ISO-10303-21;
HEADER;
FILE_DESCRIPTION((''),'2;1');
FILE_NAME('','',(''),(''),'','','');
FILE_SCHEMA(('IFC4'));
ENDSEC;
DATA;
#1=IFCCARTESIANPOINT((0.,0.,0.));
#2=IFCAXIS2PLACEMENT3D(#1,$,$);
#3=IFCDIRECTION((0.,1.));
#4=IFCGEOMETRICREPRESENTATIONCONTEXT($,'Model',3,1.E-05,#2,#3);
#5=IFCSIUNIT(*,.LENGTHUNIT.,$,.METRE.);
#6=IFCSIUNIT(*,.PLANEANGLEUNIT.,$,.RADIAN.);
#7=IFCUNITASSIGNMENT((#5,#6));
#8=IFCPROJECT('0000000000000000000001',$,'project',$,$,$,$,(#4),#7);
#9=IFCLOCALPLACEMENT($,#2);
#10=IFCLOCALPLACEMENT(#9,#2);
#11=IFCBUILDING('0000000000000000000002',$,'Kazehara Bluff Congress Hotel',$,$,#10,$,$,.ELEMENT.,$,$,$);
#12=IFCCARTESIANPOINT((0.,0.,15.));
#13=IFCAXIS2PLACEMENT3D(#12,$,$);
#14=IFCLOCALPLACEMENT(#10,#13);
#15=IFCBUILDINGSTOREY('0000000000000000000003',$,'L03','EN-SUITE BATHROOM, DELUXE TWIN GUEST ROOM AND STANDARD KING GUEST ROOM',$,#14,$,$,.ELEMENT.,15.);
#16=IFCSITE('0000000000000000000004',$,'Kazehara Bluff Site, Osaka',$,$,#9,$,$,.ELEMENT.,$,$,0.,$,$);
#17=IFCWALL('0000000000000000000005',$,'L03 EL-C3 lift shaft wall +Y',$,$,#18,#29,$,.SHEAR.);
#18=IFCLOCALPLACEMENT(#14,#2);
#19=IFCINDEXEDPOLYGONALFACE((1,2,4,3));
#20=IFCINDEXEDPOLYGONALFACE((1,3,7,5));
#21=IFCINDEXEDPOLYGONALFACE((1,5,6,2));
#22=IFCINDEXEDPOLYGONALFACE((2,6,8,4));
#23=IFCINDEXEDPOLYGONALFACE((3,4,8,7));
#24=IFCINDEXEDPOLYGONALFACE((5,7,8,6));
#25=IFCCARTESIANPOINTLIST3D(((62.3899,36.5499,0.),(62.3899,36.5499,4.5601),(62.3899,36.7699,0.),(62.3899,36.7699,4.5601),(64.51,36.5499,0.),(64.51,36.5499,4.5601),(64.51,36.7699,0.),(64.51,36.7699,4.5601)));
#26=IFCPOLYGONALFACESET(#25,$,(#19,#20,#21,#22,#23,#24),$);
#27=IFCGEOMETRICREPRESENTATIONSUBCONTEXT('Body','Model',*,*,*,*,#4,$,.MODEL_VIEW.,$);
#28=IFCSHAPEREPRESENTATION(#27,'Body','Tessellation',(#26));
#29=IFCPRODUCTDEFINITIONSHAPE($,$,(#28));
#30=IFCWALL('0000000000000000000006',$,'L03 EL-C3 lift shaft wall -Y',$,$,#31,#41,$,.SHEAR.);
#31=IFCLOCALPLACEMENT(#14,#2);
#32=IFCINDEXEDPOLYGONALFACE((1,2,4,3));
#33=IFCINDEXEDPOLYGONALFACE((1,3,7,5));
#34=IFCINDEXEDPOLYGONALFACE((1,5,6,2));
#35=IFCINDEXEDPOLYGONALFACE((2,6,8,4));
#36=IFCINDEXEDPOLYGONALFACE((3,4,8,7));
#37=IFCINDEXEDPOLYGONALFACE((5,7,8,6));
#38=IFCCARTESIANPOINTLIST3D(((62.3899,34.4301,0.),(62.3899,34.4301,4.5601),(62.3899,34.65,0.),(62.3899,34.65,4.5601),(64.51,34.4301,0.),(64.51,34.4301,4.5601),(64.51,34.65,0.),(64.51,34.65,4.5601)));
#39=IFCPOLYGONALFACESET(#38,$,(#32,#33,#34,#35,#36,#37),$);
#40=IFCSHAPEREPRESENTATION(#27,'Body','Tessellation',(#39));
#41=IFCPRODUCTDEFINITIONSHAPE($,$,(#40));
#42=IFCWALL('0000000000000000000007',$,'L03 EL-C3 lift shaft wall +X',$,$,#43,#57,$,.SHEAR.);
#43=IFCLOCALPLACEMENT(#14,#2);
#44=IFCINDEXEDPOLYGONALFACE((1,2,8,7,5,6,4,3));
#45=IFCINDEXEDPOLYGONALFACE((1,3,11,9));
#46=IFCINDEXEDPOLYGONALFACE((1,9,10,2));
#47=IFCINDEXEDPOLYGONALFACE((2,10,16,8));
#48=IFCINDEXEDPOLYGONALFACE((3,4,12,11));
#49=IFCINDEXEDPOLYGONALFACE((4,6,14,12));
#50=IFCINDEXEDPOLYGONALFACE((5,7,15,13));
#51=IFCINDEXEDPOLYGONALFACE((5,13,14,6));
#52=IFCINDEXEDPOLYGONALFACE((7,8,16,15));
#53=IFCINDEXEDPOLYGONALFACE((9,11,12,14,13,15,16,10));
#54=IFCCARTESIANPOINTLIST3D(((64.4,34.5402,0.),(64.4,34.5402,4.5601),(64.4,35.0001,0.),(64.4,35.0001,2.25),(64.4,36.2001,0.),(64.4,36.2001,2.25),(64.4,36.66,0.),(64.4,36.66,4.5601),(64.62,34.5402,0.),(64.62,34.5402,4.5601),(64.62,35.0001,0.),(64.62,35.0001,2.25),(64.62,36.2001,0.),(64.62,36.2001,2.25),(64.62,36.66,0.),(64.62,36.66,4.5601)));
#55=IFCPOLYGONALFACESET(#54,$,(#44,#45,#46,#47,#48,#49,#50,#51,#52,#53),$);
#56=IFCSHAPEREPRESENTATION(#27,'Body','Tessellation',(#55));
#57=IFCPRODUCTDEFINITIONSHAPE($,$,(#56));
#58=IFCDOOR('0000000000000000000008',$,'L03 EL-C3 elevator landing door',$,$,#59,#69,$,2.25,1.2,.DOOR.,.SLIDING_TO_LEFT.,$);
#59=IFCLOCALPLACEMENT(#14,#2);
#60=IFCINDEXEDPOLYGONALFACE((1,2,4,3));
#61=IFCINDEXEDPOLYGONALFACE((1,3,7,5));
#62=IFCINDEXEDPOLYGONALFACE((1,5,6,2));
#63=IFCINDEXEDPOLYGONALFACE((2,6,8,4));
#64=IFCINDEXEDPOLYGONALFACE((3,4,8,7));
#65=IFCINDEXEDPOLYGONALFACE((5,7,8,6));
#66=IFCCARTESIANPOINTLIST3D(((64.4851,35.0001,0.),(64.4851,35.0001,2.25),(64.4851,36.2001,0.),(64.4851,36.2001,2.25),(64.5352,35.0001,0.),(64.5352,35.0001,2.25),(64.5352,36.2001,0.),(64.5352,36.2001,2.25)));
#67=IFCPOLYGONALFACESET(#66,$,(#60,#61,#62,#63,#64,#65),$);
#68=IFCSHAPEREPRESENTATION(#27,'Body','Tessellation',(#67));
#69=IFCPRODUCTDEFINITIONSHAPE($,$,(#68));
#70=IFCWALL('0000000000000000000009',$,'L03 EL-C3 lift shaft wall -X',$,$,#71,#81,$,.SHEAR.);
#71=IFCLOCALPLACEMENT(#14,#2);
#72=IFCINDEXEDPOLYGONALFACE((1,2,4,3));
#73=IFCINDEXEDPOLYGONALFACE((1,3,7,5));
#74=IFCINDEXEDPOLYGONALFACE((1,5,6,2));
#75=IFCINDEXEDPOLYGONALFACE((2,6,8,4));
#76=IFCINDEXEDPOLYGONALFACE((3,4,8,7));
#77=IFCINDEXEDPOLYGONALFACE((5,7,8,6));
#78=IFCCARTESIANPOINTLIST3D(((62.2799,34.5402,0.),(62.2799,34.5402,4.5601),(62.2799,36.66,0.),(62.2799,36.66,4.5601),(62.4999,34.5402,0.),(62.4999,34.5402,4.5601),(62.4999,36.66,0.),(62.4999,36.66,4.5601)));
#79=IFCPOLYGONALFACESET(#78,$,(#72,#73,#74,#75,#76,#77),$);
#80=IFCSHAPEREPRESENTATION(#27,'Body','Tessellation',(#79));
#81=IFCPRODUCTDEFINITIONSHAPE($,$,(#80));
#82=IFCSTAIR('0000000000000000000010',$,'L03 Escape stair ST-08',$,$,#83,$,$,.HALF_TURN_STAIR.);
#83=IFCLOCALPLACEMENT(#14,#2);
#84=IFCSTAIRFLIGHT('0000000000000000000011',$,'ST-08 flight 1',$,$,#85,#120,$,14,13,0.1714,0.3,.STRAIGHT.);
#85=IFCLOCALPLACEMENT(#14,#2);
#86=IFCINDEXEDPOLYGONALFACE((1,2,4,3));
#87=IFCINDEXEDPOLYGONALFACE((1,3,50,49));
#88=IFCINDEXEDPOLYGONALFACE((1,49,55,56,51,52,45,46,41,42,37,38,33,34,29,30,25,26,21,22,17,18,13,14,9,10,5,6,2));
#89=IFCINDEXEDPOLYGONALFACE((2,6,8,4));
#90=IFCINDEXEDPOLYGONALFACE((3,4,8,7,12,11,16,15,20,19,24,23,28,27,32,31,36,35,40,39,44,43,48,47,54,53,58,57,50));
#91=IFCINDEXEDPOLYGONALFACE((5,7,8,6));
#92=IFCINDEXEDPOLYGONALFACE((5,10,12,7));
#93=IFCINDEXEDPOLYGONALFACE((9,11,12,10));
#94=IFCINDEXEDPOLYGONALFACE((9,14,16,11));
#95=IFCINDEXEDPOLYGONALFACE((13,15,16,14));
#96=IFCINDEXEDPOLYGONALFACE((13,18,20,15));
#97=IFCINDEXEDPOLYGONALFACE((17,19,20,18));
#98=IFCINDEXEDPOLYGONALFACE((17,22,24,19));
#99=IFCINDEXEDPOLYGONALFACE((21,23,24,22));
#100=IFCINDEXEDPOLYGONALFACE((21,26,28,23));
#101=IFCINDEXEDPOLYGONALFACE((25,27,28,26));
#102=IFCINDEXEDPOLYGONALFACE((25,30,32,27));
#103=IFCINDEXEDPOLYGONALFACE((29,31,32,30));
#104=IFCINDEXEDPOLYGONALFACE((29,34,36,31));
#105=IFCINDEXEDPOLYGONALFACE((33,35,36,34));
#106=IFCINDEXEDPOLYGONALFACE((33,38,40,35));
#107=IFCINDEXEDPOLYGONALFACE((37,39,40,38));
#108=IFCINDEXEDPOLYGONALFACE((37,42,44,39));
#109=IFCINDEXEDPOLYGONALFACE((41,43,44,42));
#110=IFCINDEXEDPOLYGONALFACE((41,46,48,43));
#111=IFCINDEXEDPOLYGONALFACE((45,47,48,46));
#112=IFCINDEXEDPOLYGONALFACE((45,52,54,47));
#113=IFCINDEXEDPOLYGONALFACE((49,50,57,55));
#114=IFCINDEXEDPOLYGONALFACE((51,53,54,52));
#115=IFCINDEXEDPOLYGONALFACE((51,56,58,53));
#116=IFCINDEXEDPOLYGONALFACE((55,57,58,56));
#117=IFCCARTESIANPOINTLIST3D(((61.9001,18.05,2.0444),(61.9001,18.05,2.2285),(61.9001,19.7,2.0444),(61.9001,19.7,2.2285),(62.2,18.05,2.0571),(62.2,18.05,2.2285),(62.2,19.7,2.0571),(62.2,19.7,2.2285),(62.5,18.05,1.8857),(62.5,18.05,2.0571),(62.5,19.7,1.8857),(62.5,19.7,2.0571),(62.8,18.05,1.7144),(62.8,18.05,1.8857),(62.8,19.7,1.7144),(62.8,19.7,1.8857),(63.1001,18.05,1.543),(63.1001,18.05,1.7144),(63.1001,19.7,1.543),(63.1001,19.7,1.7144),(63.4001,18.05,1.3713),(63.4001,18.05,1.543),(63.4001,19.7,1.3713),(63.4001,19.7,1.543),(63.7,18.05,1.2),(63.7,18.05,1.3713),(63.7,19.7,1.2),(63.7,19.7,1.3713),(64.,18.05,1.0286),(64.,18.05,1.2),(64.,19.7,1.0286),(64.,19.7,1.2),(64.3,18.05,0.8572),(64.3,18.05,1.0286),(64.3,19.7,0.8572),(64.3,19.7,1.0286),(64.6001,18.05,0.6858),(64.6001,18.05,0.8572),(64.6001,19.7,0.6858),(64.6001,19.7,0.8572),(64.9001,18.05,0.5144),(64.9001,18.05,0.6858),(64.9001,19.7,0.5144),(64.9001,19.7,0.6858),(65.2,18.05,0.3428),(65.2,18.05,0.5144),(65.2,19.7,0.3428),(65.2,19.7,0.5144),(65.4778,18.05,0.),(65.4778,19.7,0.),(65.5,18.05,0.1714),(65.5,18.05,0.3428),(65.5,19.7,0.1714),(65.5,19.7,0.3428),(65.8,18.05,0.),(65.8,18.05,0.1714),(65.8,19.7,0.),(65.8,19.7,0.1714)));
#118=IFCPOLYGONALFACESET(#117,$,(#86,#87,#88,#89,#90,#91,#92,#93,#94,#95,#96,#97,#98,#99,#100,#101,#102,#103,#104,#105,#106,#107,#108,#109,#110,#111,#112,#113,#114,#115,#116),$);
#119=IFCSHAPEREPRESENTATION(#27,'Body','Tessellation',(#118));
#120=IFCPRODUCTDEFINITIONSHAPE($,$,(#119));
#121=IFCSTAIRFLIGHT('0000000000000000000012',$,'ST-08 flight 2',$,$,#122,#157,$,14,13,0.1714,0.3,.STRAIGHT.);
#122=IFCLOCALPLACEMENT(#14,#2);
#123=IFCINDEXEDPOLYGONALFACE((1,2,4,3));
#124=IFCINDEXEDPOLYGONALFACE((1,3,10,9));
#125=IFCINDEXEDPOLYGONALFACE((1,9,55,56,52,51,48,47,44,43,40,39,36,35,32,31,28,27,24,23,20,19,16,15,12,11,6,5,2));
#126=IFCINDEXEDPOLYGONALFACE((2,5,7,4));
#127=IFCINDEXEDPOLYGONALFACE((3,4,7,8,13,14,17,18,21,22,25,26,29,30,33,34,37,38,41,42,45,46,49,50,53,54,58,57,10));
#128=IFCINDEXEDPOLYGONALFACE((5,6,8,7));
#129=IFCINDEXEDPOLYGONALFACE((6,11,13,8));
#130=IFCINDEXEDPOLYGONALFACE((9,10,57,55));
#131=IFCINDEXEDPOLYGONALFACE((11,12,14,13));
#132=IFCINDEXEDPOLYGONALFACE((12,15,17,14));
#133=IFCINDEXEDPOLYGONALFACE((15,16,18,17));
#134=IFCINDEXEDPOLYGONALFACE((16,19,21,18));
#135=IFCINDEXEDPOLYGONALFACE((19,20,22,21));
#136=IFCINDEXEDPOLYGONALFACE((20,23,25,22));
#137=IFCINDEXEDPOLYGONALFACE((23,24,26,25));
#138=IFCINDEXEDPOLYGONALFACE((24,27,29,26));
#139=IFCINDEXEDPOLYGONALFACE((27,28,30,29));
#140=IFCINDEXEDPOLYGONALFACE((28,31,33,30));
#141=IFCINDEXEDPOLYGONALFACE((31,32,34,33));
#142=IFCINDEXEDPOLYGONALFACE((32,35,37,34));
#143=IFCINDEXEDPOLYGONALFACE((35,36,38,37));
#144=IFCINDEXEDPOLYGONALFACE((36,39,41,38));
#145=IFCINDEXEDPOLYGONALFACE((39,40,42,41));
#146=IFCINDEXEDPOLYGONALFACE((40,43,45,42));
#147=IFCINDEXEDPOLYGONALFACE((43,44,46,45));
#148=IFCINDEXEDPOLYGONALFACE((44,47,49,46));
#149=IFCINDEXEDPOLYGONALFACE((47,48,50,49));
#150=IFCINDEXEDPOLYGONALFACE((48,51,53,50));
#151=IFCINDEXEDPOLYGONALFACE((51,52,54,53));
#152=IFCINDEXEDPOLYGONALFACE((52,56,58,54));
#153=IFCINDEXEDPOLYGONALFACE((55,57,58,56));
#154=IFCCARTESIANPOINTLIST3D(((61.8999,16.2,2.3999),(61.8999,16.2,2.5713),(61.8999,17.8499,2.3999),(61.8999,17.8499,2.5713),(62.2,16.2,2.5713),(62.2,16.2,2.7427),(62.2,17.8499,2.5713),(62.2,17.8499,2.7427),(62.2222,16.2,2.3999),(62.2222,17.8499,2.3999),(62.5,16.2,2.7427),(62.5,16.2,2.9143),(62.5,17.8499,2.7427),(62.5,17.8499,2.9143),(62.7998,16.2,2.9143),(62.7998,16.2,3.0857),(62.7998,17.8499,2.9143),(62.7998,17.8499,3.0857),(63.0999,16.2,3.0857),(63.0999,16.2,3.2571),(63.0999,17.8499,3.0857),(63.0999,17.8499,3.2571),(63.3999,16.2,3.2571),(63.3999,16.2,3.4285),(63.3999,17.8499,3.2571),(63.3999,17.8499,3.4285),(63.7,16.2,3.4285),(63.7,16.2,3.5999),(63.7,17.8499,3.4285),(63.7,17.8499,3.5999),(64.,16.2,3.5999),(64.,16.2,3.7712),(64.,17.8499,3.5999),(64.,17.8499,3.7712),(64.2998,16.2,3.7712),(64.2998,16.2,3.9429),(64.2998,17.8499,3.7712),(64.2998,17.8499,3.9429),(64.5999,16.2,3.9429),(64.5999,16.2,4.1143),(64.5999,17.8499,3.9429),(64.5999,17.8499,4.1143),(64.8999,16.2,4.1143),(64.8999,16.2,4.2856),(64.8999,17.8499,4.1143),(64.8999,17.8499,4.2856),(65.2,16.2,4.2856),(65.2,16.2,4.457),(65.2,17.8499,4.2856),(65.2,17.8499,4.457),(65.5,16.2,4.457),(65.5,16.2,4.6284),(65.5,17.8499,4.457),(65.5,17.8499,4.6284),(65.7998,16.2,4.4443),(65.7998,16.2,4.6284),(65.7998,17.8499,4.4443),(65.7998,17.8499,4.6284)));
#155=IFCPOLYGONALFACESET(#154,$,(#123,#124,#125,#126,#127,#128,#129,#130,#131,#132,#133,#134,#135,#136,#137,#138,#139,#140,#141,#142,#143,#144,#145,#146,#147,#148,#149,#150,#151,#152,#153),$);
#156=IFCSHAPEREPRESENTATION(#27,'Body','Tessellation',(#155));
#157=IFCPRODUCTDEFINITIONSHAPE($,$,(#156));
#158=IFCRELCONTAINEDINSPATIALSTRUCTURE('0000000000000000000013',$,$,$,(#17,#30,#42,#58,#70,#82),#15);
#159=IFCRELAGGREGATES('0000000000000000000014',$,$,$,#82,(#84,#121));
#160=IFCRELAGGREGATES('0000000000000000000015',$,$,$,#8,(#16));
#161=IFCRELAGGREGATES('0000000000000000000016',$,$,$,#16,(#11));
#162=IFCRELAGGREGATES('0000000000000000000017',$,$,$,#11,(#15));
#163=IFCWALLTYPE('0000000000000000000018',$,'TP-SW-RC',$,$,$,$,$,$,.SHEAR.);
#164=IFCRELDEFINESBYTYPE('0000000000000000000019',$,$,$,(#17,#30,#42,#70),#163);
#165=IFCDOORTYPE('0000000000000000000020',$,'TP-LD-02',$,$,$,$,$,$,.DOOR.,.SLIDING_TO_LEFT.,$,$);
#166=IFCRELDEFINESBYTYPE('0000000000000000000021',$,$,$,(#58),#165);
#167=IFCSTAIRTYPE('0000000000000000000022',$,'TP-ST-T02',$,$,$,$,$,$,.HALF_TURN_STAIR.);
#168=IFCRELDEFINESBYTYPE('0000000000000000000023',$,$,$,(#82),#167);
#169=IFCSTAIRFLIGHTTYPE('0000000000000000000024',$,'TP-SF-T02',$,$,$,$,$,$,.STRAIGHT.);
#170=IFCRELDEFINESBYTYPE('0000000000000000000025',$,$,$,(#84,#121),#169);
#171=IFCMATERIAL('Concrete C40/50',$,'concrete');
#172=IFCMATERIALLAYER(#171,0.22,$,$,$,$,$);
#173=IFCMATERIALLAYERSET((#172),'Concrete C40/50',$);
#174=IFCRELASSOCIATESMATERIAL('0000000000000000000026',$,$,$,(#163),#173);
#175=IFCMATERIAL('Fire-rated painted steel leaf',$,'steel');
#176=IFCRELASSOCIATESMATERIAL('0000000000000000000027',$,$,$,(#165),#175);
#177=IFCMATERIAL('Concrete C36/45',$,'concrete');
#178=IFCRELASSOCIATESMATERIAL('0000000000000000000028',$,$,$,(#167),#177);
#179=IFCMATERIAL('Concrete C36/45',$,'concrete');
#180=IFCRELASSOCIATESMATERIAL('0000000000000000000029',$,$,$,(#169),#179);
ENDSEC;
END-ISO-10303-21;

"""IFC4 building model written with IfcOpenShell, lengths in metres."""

from ifc_helpers import new_model, si_unit, direction, frame, frame_2d, origin, place, context, subcontext, project, spatial, polyline, rectangle, outline, extrude, material, layer, layer_set, type_object, element, fill, aggregate, save


model = new_model("IFC4")

# Units and contexts
model_context = context("Model", 3, precision=1e-05, world=origin(), true_north=direction((0.0, 1.0)))
body_context = subcontext(model_context, "Body", "Model", "MODEL_VIEW")
ifc_project = project(units=[si_unit("LENGTHUNIT", "METRE"), si_unit("PLANEANGLEUNIT", "RADIAN")], contexts=[model_context])

# Site, building, storey
site_placement = place(None, origin())
site = spatial("IfcSite", under=ifc_project, at=site_placement, Name="Kazehara Bluff Site, Osaka", CompositionType="ELEMENT", RefElevation=0.0)
building_placement = place(site_placement, origin())
building = spatial("IfcBuilding", under=site, at=building_placement, Name="Kazehara Bluff Congress Hotel", CompositionType="ELEMENT")
storey_placement = place(building_placement, frame((0.0, 0.0, 15.0)))
storey = spatial("IfcBuildingStorey", under=building, at=storey_placement, Name="L03", Description="EN-SUITE BATHROOM, DELUXE TWIN GUEST ROOM AND STANDARD KING GUEST ROOM", CompositionType="ELEMENT", Elevation=15.0)

# Walls
ifc_material_1 = material(Name="Concrete C40/50", Category="concrete")
ifc_layer_1 = layer(ifc_material_1, 0.22)
ifc_layer_set_1 = layer_set([ifc_layer_1], Name="Concrete C40/50")
wall_type_1 = type_object("IfcWallType", Name="TP-SW-RC", PredefinedType="SHEAR", material=ifc_layer_set_1)
for number, where, z_axis, x_axis, name in (
    (1, (62.3899, 36.6599, 0.0), (0.0, 0.0, 1.0), (1.0, 0.0, 0.0), "L03 EL-C3 lift shaft wall +Y"),
    (2, (62.3899, 34.54, 0.0), (0.0, 0.0, 1.0), (1.0, 0.0, 0.0), "L03 EL-C3 lift shaft wall -Y"),
):
    element("IfcWall", number, at=place(storey_placement, frame(where, z_axis=z_axis, x_axis=x_axis)), inside=storey, type_object=wall_type_1, Name=name, PredefinedType="SHEAR", context=body_context, shape_type="SweptSolid", body=[
        extrude(rectangle(XDim=2.1201, YDim=0.22, at=frame_2d((1.0601, 0.0))), origin(), (0.0, 0.0, 1.0), 4.5601),
    ])

# Wall, opening, door
wall_1_placement = place(storey_placement, frame((64.51, 34.54, 0.0), z_axis=(0.0, 0.0, 1.0), x_axis=(0.0, 1.0, 0.0)))
wall_1 = element("IfcWall", 3, at=wall_1_placement, inside=storey, type_object=wall_type_1, Name="L03 EL-C3 lift shaft wall +X", PredefinedType="SHEAR", context=body_context, shape_type="SweptSolid", body=[
    extrude(rectangle(XDim=2.1199, YDim=0.22, at=frame_2d((1.0601, 0.0))), origin(), (0.0, 0.0, 1.0), 4.5601),
])
opening_placement = place(wall_1_placement, frame((0.46, 0.0, 0.0)))
opening = element("IfcOpeningElement", 4, at=opening_placement, cuts=wall_1, PredefinedType="OPENING", context=body_context, shape_type="SweptSolid", body=[
    extrude(rectangle(XDim=1.2, YDim=2.25, at=frame_2d((0.6001, 1.125))), frame((0.0, 0.1199, 0.0), z_axis=(0.0, -1.0, 0.0), x_axis=(1.0, 0.0, 0.0)), (0.0, 0.0, 1.0), 0.24),
])
ifc_material_2 = material(Name="Fire-rated painted steel leaf", Category="steel")
door_type = type_object("IfcDoorType", Name="TP-LD-02", OperationType="SLIDING_TO_LEFT", PredefinedType="DOOR", material=ifc_material_2)
door_placement = place(opening_placement, origin())
door = element("IfcDoor", 5, at=door_placement, inside=storey, type_object=door_type, Name="L03 EL-C3 elevator landing door", OperationType="SLIDING_TO_LEFT", OverallHeight=2.25, OverallWidth=1.2, PredefinedType="DOOR", context=body_context, shape_type="SweptSolid", body=[
    extrude(rectangle(XDim=1.2, YDim=2.25, at=frame_2d((0.6001, 1.125))), frame((0.0, 0.0249, 0.0), z_axis=(0.0, -1.0, 0.0), x_axis=(1.0, 0.0, 0.0)), (0.0, 0.0, 1.0), 0.05),
])
fill(opening, door)

# Wall
wall_2_placement = place(storey_placement, frame((62.3899, 34.54, 0.0), z_axis=(0.0, 0.0, 1.0), x_axis=(0.0, 1.0, 0.0)))
element("IfcWall", 6, at=wall_2_placement, inside=storey, type_object=wall_type_1, Name="L03 EL-C3 lift shaft wall -X", PredefinedType="SHEAR", context=body_context, shape_type="SweptSolid", body=[
    extrude(rectangle(XDim=2.1199, YDim=0.22, at=frame_2d((1.0601, 0.0))), origin(), (0.0, 0.0, 1.0), 4.5601),
])

# Stair, stair flights
ifc_material_3 = material(Name="Concrete C36/45", Category="concrete")
stair_type = type_object("IfcStairType", Name="TP-ST-T02", PredefinedType="HALF_TURN_STAIR", material=ifc_material_3)
stair_placement = place(storey_placement, origin())
stair = element("IfcStair", 7, at=stair_placement, inside=storey, type_object=stair_type, Name="L03 Escape stair ST-08", PredefinedType="HALF_TURN_STAIR")
ifc_material_4 = material(Name="Concrete C36/45", Category="concrete")
stair_flight_type = type_object("IfcStairFlightType", Name="TP-SF-T02", PredefinedType="STRAIGHT", material=ifc_material_4)
stair_flight_1_placement = place(storey_placement, frame((65.8, 18.875, 0.0), z_axis=(0.0, 0.0, 1.0), x_axis=(-1.0, 0.0, 0.0)))
stair_flight_1 = element("IfcStairFlight", 8, at=stair_flight_1_placement, type_object=stair_flight_type, Name="ST-08 flight 1", NumberOfRisers=14, NumberOfTreads=13, PredefinedType="STRAIGHT", RiserHeight=0.1714, TreadLength=0.3, context=body_context, shape_type="SweptSolid", body=[
    extrude(outline(polyline([(0.0, 0.0), (0.0, 0.1714), (0.3, 0.1714), (0.3, 0.3428), (0.6001, 0.3428), (0.6001, 0.5144), (0.8999, 0.5144), (0.8999, 0.6858), (1.2, 0.6858), (1.2, 0.8572), (1.5, 0.8572), (1.5, 1.0286), (1.8, 1.0286), (1.8, 1.2), (2.1001, 1.2), (2.1001, 1.3713), (2.3999, 1.3713), (2.3999, 1.543), (2.7, 1.543), (2.7, 1.7144), (3.0, 1.7144), (3.0, 1.8857), (3.3, 1.8857), (3.3, 2.0571), (3.6001, 2.0571), (3.6001, 2.2285), (3.8999, 2.2285), (3.8999, 2.3999), (3.8999, 2.0444), (0.3223, 0.0), (0.0, 0.0)])), frame((0.0, 0.825, 0.0), z_axis=(0.0, -1.0, 0.0), x_axis=(1.0, 0.0, 0.0)), (0.0, 0.0, 1.0), 1.6499),
])
stair_flight_2_placement = place(storey_placement, frame((61.8999, 17.0249, 2.3999), z_axis=(0.0, 0.0, 1.0), x_axis=(1.0, 0.0, 0.0)))
stair_flight_2 = element("IfcStairFlight", 9, at=stair_flight_2_placement, type_object=stair_flight_type, Name="ST-08 flight 2", NumberOfRisers=14, NumberOfTreads=13, PredefinedType="STRAIGHT", RiserHeight=0.1714, TreadLength=0.3, context=body_context, shape_type="SweptSolid", body=[
    extrude(outline(polyline([(0.0, 0.0), (0.0, 0.1714), (0.3, 0.1714), (0.3, 0.3428), (0.6001, 0.3428), (0.6001, 0.5144), (0.8999, 0.5144), (0.8999, 0.6858), (1.2, 0.6858), (1.2, 0.8572), (1.5, 0.8572), (1.5, 1.0286), (1.8, 1.0286), (1.8, 1.2), (2.1001, 1.2), (2.1001, 1.3713), (2.3999, 1.3713), (2.3999, 1.543), (2.7, 1.543), (2.7, 1.7144), (3.0, 1.7144), (3.0, 1.8857), (3.3, 1.8857), (3.3, 2.0571), (3.6001, 2.0571), (3.6001, 2.2285), (3.8999, 2.2285), (3.8999, 2.3999), (3.8999, 2.0444), (0.3223, 0.0), (0.0, 0.0)])), frame((0.0, 0.825, 0.0), z_axis=(0.0, -1.0, 0.0), x_axis=(1.0, 0.0, 0.0)), (0.0, 0.0, 1.0), 1.6499),
])
aggregate(stair, [stair_flight_1, stair_flight_2])

save(model, "model.ifc")
